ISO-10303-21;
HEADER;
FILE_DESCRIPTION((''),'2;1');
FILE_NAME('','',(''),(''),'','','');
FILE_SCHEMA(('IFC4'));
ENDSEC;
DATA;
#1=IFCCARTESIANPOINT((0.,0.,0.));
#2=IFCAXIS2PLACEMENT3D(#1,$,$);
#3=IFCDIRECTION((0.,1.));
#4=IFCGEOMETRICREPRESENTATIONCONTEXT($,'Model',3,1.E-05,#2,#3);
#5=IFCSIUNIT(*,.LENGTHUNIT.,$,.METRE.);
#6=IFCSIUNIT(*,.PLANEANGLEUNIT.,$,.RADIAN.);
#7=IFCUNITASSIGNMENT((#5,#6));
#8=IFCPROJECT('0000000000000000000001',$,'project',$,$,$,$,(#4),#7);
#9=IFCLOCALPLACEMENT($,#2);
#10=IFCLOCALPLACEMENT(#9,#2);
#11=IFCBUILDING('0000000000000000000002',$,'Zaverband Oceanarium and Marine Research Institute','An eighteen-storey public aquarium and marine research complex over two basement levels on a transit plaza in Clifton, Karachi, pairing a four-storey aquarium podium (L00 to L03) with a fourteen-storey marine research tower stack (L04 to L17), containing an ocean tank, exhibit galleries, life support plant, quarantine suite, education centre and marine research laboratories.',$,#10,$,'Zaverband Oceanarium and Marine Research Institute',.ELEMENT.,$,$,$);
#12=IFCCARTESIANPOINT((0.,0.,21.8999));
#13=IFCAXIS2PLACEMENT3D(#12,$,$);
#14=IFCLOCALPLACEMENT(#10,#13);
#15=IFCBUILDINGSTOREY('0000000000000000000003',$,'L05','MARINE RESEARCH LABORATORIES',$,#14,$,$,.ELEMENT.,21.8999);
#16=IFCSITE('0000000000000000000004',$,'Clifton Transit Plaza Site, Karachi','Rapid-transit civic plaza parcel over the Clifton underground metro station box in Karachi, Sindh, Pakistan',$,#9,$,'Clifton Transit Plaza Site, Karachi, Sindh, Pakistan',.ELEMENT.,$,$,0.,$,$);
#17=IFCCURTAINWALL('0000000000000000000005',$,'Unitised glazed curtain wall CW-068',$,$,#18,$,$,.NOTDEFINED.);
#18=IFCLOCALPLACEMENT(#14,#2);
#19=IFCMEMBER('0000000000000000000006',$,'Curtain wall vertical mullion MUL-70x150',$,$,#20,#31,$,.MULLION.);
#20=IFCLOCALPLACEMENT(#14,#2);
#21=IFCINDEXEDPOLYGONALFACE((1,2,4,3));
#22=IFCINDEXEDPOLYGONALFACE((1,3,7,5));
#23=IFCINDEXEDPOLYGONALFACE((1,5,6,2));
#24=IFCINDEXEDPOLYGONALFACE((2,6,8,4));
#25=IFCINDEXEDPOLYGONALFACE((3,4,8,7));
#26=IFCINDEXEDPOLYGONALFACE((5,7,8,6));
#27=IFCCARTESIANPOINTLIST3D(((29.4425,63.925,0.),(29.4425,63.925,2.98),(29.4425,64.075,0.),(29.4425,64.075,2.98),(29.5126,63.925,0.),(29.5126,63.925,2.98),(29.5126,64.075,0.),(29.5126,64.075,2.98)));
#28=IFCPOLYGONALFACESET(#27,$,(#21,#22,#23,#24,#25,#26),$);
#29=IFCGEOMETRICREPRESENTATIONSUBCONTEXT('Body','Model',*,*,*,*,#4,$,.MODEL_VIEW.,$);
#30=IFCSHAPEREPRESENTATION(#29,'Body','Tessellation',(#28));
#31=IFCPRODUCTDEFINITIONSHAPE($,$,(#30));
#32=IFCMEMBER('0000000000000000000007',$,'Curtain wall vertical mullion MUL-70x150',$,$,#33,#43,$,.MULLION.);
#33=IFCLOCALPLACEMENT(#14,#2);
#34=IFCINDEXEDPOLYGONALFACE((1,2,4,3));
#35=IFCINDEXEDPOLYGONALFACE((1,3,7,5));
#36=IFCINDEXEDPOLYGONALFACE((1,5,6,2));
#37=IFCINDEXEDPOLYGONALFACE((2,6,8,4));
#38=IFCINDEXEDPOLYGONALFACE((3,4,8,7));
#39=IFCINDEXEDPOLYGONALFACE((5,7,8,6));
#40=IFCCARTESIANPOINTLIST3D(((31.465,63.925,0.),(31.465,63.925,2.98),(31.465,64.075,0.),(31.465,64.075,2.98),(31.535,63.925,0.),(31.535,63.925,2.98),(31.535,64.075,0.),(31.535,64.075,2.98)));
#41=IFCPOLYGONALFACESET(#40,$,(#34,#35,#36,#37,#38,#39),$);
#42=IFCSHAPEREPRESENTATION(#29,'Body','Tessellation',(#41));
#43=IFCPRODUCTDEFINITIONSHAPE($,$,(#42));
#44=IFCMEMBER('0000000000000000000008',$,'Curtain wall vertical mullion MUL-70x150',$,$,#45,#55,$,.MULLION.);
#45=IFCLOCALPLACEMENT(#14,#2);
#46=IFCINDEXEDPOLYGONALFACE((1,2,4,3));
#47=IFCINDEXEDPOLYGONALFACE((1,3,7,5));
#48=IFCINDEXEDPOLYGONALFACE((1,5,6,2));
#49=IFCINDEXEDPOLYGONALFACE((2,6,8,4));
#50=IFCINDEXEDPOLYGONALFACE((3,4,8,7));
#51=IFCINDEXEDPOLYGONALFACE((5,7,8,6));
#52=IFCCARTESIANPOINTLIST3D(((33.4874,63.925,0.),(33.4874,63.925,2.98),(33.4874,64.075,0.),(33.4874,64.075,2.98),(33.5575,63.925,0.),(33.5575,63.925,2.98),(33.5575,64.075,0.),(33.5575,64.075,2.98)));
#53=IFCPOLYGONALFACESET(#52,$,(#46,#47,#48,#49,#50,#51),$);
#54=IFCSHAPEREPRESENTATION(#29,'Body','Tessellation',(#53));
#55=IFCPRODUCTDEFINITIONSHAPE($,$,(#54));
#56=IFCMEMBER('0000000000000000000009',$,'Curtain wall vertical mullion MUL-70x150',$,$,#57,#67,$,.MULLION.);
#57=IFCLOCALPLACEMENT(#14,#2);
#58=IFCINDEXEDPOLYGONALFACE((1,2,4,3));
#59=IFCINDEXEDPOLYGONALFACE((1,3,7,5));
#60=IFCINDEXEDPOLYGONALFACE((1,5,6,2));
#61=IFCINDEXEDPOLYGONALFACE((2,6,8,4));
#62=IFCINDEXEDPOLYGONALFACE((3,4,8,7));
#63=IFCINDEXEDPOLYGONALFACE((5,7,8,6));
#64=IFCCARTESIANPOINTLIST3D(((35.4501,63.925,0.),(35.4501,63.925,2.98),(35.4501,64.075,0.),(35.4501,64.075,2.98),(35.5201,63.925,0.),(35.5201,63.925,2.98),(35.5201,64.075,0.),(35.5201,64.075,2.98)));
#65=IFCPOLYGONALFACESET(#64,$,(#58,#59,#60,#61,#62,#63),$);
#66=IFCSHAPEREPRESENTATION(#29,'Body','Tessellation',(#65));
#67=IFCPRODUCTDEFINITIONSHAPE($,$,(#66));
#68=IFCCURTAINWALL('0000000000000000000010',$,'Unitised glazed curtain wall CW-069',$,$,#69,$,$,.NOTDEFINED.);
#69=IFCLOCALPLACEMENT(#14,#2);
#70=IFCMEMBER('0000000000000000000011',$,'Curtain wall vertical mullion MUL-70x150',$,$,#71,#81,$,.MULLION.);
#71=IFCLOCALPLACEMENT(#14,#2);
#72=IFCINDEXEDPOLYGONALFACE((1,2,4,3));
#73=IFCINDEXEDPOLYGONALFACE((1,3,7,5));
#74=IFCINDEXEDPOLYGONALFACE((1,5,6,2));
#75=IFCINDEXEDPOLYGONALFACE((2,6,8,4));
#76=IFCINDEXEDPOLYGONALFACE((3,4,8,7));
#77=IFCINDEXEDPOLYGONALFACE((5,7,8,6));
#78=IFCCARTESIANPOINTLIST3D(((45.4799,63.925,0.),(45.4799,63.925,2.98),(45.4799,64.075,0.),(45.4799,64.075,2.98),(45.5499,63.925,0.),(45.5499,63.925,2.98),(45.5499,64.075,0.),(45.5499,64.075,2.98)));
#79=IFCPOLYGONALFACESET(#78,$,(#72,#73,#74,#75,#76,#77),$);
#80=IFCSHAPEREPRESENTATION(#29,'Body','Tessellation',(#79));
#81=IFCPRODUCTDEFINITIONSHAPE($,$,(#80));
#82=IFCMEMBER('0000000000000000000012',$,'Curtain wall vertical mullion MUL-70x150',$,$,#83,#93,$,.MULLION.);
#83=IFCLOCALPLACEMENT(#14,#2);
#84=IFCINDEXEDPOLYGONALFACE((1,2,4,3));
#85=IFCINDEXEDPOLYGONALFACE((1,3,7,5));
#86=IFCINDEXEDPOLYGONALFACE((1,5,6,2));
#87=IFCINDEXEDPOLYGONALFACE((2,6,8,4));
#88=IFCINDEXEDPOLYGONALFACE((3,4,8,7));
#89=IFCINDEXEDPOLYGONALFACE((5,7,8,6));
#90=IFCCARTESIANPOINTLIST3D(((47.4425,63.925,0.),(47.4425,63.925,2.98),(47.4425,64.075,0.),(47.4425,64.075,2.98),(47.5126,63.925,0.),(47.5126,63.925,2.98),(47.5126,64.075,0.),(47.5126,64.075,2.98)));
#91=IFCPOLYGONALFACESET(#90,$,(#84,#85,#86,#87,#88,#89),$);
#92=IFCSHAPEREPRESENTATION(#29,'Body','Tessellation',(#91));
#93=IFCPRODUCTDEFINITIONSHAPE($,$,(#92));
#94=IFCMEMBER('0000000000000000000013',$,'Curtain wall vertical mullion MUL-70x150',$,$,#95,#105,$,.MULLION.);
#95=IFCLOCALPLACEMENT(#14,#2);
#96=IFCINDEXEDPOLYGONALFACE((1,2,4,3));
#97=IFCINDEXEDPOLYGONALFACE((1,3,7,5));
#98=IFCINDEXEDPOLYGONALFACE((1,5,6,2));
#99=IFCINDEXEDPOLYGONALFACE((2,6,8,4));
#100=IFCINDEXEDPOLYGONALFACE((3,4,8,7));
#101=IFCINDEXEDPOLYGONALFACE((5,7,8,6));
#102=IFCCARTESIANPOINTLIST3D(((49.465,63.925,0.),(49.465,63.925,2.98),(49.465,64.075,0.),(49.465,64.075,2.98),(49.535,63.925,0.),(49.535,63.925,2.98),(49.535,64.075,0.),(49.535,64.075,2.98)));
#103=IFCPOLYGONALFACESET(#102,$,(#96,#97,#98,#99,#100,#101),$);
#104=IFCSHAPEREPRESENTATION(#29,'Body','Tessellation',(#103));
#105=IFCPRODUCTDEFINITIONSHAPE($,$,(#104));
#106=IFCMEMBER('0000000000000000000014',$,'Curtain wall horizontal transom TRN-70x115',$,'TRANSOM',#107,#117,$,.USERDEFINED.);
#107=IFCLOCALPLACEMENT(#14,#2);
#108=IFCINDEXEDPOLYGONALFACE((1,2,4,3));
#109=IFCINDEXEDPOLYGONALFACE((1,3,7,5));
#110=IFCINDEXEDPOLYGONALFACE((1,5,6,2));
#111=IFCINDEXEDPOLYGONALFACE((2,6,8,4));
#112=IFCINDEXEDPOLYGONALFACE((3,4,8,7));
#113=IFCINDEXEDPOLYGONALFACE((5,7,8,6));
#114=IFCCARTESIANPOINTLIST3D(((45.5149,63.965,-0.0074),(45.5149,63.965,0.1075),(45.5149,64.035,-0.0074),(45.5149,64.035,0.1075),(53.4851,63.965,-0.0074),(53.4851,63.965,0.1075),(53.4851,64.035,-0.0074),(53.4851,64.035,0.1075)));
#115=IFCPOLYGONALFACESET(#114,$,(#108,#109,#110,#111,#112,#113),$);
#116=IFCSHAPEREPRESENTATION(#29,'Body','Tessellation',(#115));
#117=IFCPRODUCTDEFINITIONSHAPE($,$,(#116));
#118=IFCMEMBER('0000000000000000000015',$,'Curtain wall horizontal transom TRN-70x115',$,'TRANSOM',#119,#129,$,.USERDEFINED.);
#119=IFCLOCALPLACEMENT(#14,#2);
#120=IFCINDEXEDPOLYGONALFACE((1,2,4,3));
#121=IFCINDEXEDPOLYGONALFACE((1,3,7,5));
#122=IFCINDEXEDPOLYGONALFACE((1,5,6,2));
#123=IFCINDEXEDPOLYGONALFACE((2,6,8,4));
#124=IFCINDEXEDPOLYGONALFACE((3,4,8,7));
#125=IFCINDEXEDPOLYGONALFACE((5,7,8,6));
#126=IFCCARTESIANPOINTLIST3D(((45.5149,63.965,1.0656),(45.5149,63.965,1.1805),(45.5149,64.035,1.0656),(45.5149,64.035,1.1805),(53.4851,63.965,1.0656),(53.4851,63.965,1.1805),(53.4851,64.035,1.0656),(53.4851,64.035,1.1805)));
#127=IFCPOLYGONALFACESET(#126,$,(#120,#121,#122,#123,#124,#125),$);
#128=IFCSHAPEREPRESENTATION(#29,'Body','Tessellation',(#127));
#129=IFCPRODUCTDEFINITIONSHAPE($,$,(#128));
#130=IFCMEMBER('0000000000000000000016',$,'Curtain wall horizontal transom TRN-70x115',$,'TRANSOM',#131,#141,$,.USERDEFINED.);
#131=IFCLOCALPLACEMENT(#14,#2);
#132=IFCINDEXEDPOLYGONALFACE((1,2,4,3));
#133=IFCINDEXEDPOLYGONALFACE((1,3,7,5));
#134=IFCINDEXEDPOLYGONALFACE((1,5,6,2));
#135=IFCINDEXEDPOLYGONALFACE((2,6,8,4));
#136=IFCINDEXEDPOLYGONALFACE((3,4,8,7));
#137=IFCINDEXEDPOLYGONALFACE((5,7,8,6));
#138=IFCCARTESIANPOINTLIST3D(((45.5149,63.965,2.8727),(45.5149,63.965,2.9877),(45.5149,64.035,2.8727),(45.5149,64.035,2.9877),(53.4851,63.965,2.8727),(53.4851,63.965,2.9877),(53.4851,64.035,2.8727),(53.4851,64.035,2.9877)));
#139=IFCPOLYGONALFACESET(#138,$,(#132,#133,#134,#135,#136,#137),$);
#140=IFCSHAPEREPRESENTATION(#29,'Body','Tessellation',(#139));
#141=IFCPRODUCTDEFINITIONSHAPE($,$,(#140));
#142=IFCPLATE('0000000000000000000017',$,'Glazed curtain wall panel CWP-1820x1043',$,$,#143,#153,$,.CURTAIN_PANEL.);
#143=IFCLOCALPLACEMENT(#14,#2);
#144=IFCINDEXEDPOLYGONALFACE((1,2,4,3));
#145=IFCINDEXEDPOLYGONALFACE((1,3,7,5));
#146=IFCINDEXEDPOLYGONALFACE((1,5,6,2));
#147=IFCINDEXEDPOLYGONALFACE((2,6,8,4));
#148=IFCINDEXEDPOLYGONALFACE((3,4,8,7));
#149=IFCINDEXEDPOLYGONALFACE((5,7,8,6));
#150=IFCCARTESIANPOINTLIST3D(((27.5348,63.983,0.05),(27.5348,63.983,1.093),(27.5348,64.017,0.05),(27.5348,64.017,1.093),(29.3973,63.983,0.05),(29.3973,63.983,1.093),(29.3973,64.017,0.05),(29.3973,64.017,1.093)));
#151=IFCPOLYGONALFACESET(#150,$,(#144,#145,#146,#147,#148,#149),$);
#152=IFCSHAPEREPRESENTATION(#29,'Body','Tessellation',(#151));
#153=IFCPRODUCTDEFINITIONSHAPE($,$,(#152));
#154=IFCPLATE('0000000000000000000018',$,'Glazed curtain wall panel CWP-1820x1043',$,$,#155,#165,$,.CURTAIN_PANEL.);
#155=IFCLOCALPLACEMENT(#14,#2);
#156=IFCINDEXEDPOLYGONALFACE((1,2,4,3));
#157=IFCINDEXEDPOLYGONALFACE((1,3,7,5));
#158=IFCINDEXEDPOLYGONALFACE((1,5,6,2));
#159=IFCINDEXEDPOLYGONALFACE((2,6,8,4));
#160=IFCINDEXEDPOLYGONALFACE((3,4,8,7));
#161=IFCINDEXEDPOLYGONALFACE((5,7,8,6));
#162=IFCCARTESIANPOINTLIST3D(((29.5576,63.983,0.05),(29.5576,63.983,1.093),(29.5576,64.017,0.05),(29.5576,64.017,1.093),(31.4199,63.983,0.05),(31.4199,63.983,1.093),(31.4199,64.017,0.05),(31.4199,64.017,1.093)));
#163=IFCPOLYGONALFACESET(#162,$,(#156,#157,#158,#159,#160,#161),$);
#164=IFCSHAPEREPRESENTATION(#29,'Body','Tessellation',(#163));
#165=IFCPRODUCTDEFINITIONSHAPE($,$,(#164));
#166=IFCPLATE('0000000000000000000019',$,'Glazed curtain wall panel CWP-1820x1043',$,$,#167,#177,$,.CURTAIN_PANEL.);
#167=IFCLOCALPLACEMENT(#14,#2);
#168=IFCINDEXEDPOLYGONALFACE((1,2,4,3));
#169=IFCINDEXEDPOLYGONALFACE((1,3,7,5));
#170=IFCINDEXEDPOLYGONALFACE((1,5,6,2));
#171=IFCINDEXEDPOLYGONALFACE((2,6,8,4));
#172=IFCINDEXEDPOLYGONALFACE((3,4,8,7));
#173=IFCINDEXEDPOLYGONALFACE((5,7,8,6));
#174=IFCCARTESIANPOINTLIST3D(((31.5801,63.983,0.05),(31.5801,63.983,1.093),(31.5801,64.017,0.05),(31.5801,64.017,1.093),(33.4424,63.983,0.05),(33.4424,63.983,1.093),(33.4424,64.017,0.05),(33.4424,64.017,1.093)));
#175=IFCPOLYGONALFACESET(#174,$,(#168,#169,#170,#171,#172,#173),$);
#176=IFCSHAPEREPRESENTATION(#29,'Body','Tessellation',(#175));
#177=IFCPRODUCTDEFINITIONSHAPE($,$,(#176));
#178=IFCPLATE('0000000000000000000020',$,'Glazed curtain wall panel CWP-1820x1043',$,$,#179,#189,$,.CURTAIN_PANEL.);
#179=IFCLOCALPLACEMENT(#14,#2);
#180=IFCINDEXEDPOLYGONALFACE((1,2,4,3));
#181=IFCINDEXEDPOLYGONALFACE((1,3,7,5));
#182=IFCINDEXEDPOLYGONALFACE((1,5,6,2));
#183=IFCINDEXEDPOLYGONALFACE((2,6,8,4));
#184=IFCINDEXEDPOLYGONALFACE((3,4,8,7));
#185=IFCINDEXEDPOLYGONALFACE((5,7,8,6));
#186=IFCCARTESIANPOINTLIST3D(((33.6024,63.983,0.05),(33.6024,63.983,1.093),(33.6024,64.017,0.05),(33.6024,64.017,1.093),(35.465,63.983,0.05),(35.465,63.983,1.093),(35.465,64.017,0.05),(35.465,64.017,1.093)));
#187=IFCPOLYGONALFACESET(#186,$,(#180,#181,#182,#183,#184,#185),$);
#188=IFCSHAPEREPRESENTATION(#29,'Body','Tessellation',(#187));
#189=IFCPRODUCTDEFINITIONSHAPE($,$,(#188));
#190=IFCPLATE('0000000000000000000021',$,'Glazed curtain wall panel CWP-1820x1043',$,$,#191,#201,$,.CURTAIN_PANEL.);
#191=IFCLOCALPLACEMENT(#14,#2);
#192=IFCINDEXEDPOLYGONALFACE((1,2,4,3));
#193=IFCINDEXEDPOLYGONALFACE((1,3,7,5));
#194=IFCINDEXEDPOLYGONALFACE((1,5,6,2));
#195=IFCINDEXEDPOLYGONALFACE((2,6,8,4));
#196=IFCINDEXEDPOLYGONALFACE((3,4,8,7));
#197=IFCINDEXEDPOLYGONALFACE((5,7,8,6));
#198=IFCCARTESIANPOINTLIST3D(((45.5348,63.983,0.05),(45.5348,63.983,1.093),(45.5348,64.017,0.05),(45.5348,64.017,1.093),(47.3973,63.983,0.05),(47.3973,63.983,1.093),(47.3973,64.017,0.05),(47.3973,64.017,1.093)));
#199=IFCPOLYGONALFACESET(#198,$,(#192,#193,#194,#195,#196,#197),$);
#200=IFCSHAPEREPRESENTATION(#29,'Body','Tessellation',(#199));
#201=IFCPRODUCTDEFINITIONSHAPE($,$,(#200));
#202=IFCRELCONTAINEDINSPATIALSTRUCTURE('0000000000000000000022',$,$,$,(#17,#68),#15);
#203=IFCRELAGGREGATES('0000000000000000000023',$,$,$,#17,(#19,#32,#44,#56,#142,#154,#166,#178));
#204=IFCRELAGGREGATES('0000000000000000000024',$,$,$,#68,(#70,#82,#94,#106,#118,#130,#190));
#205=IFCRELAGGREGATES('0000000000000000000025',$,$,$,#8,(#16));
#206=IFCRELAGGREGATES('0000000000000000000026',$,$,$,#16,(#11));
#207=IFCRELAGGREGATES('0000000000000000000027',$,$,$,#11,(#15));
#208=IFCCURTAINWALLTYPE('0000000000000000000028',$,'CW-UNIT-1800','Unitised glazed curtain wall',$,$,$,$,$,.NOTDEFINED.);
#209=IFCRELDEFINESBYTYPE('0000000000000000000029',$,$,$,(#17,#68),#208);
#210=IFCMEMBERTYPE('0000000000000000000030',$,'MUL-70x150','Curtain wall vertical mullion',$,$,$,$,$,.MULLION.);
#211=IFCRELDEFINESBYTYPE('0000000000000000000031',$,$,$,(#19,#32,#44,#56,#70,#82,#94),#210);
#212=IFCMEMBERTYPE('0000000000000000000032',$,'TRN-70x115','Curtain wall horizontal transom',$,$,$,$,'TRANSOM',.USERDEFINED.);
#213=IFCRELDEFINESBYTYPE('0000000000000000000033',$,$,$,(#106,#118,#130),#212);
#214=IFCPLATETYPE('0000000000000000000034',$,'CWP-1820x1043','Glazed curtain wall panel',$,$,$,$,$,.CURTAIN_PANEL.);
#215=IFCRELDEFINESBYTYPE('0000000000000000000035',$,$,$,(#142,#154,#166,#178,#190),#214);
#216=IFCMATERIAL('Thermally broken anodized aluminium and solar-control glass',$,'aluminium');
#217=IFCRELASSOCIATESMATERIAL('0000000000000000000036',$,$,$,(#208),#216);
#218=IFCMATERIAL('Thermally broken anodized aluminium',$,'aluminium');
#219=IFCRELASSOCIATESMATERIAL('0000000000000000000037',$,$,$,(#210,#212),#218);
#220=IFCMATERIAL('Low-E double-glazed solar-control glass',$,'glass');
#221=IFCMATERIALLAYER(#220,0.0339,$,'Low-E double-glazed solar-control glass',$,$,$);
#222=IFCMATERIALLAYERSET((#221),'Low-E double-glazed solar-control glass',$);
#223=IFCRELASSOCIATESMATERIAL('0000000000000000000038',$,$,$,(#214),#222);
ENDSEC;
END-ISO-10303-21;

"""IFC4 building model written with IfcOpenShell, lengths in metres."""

from ifc_helpers import new_model, si_unit, direction, frame, frame_2d, origin, origin_2d, place, context, subcontext, project, spatial, rectangle, extrude, material, layer, layer_set, material_profile, profile_set, type_object, element, aggregate, save


model = new_model("IFC4")

# Units and contexts
model_context = context("Model", 3, precision=1e-05, world=origin(), true_north=direction((0.0, 1.0)))
body_context = subcontext(model_context, "Body", "Model", "MODEL_VIEW")
ifc_project = project(units=[si_unit("LENGTHUNIT", "METRE"), si_unit("PLANEANGLEUNIT", "RADIAN")], contexts=[model_context])

# Site, building, storey
site_placement = place(None, origin())
site = spatial("IfcSite", under=ifc_project, at=site_placement, Name="Clifton Transit Plaza Site, Karachi", Description="Rapid-transit civic plaza parcel over the Clifton underground metro station box in Karachi, Sindh, Pakistan", LongName="Clifton Transit Plaza Site, Karachi, Sindh, Pakistan", CompositionType="ELEMENT", RefElevation=0.0)
building_placement = place(site_placement, origin())
building = spatial("IfcBuilding", under=site, at=building_placement, Name="Zaverband Oceanarium and Marine Research Institute", Description="An eighteen-storey public aquarium and marine research complex over two basement levels on a transit plaza in Clifton, Karachi, pairing a four-storey aquarium podium (L00 to L03) with a fourteen-storey marine research tower stack (L04 to L17), containing an ocean tank, exhibit galleries, life support plant, quarantine suite, education centre and marine research laboratories.", LongName="Zaverband Oceanarium and Marine Research Institute", CompositionType="ELEMENT")
storey_placement = place(building_placement, frame((0.0, 0.0, 21.8999)))
storey = spatial("IfcBuildingStorey", under=building, at=storey_placement, Name="L05", Description="MARINE RESEARCH LABORATORIES", CompositionType="ELEMENT", Elevation=21.8999)

# Curtain walls, members
ifc_material_1 = material(Name="Thermally broken anodized aluminium and solar-control glass", Category="aluminium")
curtain_wall_type = type_object("IfcCurtainWallType", Name="CW-UNIT-1800", Description="Unitised glazed curtain wall", PredefinedType="NOTDEFINED", material=ifc_material_1)
curtain_wall_1_placement = place(storey_placement, origin())
curtain_wall_1 = element("IfcCurtainWall", 1, at=curtain_wall_1_placement, inside=storey, type_object=curtain_wall_type, Name="Unitised glazed curtain wall CW-068", PredefinedType="NOTDEFINED")
ifc_material_2 = material(Name="Thermally broken anodized aluminium", Category="aluminium")
ifc_material_profile_1 = material_profile(ifc_material_2, rectangle(XDim=0.0701, YDim=0.1499, at=origin_2d()), Name="AL-MUL-70x150")
ifc_profile_set_1 = profile_set([ifc_material_profile_1], Name="Thermally broken anodized aluminium")
member_type_1 = type_object("IfcMemberType", Name="MUL-70x150", Description="Curtain wall vertical mullion", PredefinedType="MULLION", material=ifc_profile_set_1)
member_1_placement = place(storey_placement, frame((29.4775, 64.0, 0.0), z_axis=(0.0, 0.0, 1.0), x_axis=(1.0, 0.0, 0.0)))
member_1 = element("IfcMember", 2, at=member_1_placement, type_object=member_type_1, Name="Curtain wall vertical mullion MUL-70x150", PredefinedType="MULLION", context=body_context, shape_type="SweptSolid", body=[
    extrude(rectangle(XDim=0.0701, YDim=0.1499, at=origin_2d()), origin(), (0.0, 0.0, 1.0), 2.98),
])
member_2_placement = place(storey_placement, frame((31.5, 64.0, 0.0), z_axis=(0.0, 0.0, 1.0), x_axis=(1.0, 0.0, 0.0)))
member_2 = element("IfcMember", 3, at=member_2_placement, type_object=member_type_1, Name="Curtain wall vertical mullion MUL-70x150", PredefinedType="MULLION", context=body_context, shape_type="SweptSolid", body=[
    extrude(rectangle(XDim=0.0701, YDim=0.1499, at=origin_2d()), origin(), (0.0, 0.0, 1.0), 2.98),
])
member_3_placement = place(storey_placement, frame((33.5225, 64.0, 0.0), z_axis=(0.0, 0.0, 1.0), x_axis=(1.0, 0.0, 0.0)))
member_3 = element("IfcMember", 4, at=member_3_placement, type_object=member_type_1, Name="Curtain wall vertical mullion MUL-70x150", PredefinedType="MULLION", context=body_context, shape_type="SweptSolid", body=[
    extrude(rectangle(XDim=0.0701, YDim=0.1499, at=origin_2d()), origin(), (0.0, 0.0, 1.0), 2.98),
])
member_4_placement = place(storey_placement, frame((35.4851, 64.0, 0.0), z_axis=(0.0, 0.0, 1.0), x_axis=(1.0, 0.0, 0.0)))
member_4 = element("IfcMember", 5, at=member_4_placement, type_object=member_type_1, Name="Curtain wall vertical mullion MUL-70x150", PredefinedType="MULLION", context=body_context, shape_type="SweptSolid", body=[
    extrude(rectangle(XDim=0.0701, YDim=0.1499, at=origin_2d()), origin(), (0.0, 0.0, 1.0), 2.98),
])
curtain_wall_2_placement = place(storey_placement, origin())
curtain_wall_2 = element("IfcCurtainWall", 6, at=curtain_wall_2_placement, inside=storey, type_object=curtain_wall_type, Name="Unitised glazed curtain wall CW-069", PredefinedType="NOTDEFINED")
member_5_placement = place(storey_placement, frame((45.5149, 64.0, 0.0), z_axis=(0.0, 0.0, 1.0), x_axis=(1.0, 0.0, 0.0)))
member_5 = element("IfcMember", 7, at=member_5_placement, type_object=member_type_1, Name="Curtain wall vertical mullion MUL-70x150", PredefinedType="MULLION", context=body_context, shape_type="SweptSolid", body=[
    extrude(rectangle(XDim=0.0701, YDim=0.1499, at=origin_2d()), origin(), (0.0, 0.0, 1.0), 2.98),
])
member_6_placement = place(storey_placement, frame((47.4775, 64.0, 0.0), z_axis=(0.0, 0.0, 1.0), x_axis=(1.0, 0.0, 0.0)))
member_6 = element("IfcMember", 8, at=member_6_placement, type_object=member_type_1, Name="Curtain wall vertical mullion MUL-70x150", PredefinedType="MULLION", context=body_context, shape_type="SweptSolid", body=[
    extrude(rectangle(XDim=0.0701, YDim=0.1499, at=origin_2d()), origin(), (0.0, 0.0, 1.0), 2.98),
])
member_7_placement = place(storey_placement, frame((49.5, 64.0, 0.0), z_axis=(0.0, 0.0, 1.0), x_axis=(1.0, 0.0, 0.0)))
member_7 = element("IfcMember", 9, at=member_7_placement, type_object=member_type_1, Name="Curtain wall vertical mullion MUL-70x150", PredefinedType="MULLION", context=body_context, shape_type="SweptSolid", body=[
    extrude(rectangle(XDim=0.0701, YDim=0.1499, at=origin_2d()), origin(), (0.0, 0.0, 1.0), 2.98),
])
ifc_material_profile_2 = material_profile(ifc_material_2, rectangle(XDim=0.0701, YDim=0.115, at=origin_2d()), Name="AL-TRN-70x115")
ifc_profile_set_2 = profile_set([ifc_material_profile_2], Name="Thermally broken anodized aluminium")
member_type_2 = type_object("IfcMemberType", Name="TRN-70x115", Description="Curtain wall horizontal transom", ElementType="TRANSOM", PredefinedType="USERDEFINED", material=ifc_profile_set_2)
member_8_placement = place(storey_placement, frame((45.5149, 64.0, 0.05), z_axis=(1.0, 0.0, 0.0), x_axis=(0.0, 1.0, 0.0)))
member_8 = element("IfcMember", 10, at=member_8_placement, type_object=member_type_2, Name="Curtain wall horizontal transom TRN-70x115", ObjectType="TRANSOM", PredefinedType="USERDEFINED", context=body_context, shape_type="SweptSolid", body=[
    extrude(rectangle(XDim=0.0701, YDim=0.115, at=origin_2d()), origin(), (0.0, 0.0, 1.0), 7.9702),
])
member_9_placement = place(storey_placement, frame((45.5149, 64.0, 1.123), z_axis=(1.0, 0.0, 0.0), x_axis=(0.0, 1.0, 0.0)))
member_9 = element("IfcMember", 11, at=member_9_placement, type_object=member_type_2, Name="Curtain wall horizontal transom TRN-70x115", ObjectType="TRANSOM", PredefinedType="USERDEFINED", context=body_context, shape_type="SweptSolid", body=[
    extrude(rectangle(XDim=0.0701, YDim=0.115, at=origin_2d()), origin(), (0.0, 0.0, 1.0), 7.9702),
])
member_10_placement = place(storey_placement, frame((45.5149, 64.0, 2.9302), z_axis=(1.0, 0.0, 0.0), x_axis=(0.0, 1.0, 0.0)))
member_10 = element("IfcMember", 12, at=member_10_placement, type_object=member_type_2, Name="Curtain wall horizontal transom TRN-70x115", ObjectType="TRANSOM", PredefinedType="USERDEFINED", context=body_context, shape_type="SweptSolid", body=[
    extrude(rectangle(XDim=0.0701, YDim=0.115, at=origin_2d()), origin(), (0.0, 0.0, 1.0), 7.9702),
])

# Plates
ifc_material_3 = material(Name="Low-E double-glazed solar-control glass", Category="glass")
ifc_layer_1 = layer(ifc_material_3, 0.0339, Name="Low-E double-glazed solar-control glass")
ifc_layer_set_1 = layer_set([ifc_layer_1], Name="Low-E double-glazed solar-control glass")
plate_type_1 = type_object("IfcPlateType", Name="CWP-1820x1043", Description="Glazed curtain wall panel", PredefinedType="CURTAIN_PANEL", material=ifc_layer_set_1)
plate_1_placement = place(storey_placement, frame((27.5349, 64.0, 0.05), z_axis=(0.0, 0.0, 1.0), x_axis=(1.0, 0.0, 0.0)))
plate_1 = element("IfcPlate", 13, at=plate_1_placement, type_object=plate_type_1, Name="Glazed curtain wall panel CWP-1820x1043", PredefinedType="CURTAIN_PANEL", context=body_context, shape_type="SweptSolid", body=[
    extrude(rectangle(XDim=1.8625, YDim=0.0339, at=frame_2d((0.9312, 0.0))), origin(), (0.0, 0.0, 1.0), 1.043),
])
plate_2_placement = place(storey_placement, frame((29.5576, 64.0, 0.05), z_axis=(0.0, 0.0, 1.0), x_axis=(1.0, 0.0, 0.0)))
plate_2 = element("IfcPlate", 14, at=plate_2_placement, type_object=plate_type_1, Name="Glazed curtain wall panel CWP-1820x1043", PredefinedType="CURTAIN_PANEL", context=body_context, shape_type="SweptSolid", body=[
    extrude(rectangle(XDim=1.8623, YDim=0.0339, at=frame_2d((0.9312, 0.0))), origin(), (0.0, 0.0, 1.0), 1.043),
])
plate_3_placement = place(storey_placement, frame((31.5801, 64.0, 0.05), z_axis=(0.0, 0.0, 1.0), x_axis=(1.0, 0.0, 0.0)))
plate_3 = element("IfcPlate", 15, at=plate_3_placement, type_object=plate_type_1, Name="Glazed curtain wall panel CWP-1820x1043", PredefinedType="CURTAIN_PANEL", context=body_context, shape_type="SweptSolid", body=[
    extrude(rectangle(XDim=1.8623, YDim=0.0339, at=frame_2d((0.9312, 0.0))), origin(), (0.0, 0.0, 1.0), 1.043),
])
plate_4_placement = place(storey_placement, frame((33.6025, 64.0, 0.05), z_axis=(0.0, 0.0, 1.0), x_axis=(1.0, 0.0, 0.0)))
plate_4 = element("IfcPlate", 16, at=plate_4_placement, type_object=plate_type_1, Name="Glazed curtain wall panel CWP-1820x1043", PredefinedType="CURTAIN_PANEL", context=body_context, shape_type="SweptSolid", body=[
    extrude(rectangle(XDim=1.8625, YDim=0.0339, at=frame_2d((0.9312, 0.0))), origin(), (0.0, 0.0, 1.0), 1.043),
])
plate_5_placement = place(storey_placement, frame((45.5349, 64.0, 0.05), z_axis=(0.0, 0.0, 1.0), x_axis=(1.0, 0.0, 0.0)))
plate_5 = element("IfcPlate", 17, at=plate_5_placement, type_object=plate_type_1, Name="Glazed curtain wall panel CWP-1820x1043", PredefinedType="CURTAIN_PANEL", context=body_context, shape_type="SweptSolid", body=[
    extrude(rectangle(XDim=1.8625, YDim=0.0339, at=frame_2d((0.9312, 0.0))), origin(), (0.0, 0.0, 1.0), 1.043),
])
aggregate(curtain_wall_1, [member_1, member_2, member_3, member_4, plate_1, plate_2, plate_3, plate_4])
aggregate(curtain_wall_2, [member_5, member_6, member_7, member_8, member_9, member_10, plate_5])

save(model, "model.ifc")
